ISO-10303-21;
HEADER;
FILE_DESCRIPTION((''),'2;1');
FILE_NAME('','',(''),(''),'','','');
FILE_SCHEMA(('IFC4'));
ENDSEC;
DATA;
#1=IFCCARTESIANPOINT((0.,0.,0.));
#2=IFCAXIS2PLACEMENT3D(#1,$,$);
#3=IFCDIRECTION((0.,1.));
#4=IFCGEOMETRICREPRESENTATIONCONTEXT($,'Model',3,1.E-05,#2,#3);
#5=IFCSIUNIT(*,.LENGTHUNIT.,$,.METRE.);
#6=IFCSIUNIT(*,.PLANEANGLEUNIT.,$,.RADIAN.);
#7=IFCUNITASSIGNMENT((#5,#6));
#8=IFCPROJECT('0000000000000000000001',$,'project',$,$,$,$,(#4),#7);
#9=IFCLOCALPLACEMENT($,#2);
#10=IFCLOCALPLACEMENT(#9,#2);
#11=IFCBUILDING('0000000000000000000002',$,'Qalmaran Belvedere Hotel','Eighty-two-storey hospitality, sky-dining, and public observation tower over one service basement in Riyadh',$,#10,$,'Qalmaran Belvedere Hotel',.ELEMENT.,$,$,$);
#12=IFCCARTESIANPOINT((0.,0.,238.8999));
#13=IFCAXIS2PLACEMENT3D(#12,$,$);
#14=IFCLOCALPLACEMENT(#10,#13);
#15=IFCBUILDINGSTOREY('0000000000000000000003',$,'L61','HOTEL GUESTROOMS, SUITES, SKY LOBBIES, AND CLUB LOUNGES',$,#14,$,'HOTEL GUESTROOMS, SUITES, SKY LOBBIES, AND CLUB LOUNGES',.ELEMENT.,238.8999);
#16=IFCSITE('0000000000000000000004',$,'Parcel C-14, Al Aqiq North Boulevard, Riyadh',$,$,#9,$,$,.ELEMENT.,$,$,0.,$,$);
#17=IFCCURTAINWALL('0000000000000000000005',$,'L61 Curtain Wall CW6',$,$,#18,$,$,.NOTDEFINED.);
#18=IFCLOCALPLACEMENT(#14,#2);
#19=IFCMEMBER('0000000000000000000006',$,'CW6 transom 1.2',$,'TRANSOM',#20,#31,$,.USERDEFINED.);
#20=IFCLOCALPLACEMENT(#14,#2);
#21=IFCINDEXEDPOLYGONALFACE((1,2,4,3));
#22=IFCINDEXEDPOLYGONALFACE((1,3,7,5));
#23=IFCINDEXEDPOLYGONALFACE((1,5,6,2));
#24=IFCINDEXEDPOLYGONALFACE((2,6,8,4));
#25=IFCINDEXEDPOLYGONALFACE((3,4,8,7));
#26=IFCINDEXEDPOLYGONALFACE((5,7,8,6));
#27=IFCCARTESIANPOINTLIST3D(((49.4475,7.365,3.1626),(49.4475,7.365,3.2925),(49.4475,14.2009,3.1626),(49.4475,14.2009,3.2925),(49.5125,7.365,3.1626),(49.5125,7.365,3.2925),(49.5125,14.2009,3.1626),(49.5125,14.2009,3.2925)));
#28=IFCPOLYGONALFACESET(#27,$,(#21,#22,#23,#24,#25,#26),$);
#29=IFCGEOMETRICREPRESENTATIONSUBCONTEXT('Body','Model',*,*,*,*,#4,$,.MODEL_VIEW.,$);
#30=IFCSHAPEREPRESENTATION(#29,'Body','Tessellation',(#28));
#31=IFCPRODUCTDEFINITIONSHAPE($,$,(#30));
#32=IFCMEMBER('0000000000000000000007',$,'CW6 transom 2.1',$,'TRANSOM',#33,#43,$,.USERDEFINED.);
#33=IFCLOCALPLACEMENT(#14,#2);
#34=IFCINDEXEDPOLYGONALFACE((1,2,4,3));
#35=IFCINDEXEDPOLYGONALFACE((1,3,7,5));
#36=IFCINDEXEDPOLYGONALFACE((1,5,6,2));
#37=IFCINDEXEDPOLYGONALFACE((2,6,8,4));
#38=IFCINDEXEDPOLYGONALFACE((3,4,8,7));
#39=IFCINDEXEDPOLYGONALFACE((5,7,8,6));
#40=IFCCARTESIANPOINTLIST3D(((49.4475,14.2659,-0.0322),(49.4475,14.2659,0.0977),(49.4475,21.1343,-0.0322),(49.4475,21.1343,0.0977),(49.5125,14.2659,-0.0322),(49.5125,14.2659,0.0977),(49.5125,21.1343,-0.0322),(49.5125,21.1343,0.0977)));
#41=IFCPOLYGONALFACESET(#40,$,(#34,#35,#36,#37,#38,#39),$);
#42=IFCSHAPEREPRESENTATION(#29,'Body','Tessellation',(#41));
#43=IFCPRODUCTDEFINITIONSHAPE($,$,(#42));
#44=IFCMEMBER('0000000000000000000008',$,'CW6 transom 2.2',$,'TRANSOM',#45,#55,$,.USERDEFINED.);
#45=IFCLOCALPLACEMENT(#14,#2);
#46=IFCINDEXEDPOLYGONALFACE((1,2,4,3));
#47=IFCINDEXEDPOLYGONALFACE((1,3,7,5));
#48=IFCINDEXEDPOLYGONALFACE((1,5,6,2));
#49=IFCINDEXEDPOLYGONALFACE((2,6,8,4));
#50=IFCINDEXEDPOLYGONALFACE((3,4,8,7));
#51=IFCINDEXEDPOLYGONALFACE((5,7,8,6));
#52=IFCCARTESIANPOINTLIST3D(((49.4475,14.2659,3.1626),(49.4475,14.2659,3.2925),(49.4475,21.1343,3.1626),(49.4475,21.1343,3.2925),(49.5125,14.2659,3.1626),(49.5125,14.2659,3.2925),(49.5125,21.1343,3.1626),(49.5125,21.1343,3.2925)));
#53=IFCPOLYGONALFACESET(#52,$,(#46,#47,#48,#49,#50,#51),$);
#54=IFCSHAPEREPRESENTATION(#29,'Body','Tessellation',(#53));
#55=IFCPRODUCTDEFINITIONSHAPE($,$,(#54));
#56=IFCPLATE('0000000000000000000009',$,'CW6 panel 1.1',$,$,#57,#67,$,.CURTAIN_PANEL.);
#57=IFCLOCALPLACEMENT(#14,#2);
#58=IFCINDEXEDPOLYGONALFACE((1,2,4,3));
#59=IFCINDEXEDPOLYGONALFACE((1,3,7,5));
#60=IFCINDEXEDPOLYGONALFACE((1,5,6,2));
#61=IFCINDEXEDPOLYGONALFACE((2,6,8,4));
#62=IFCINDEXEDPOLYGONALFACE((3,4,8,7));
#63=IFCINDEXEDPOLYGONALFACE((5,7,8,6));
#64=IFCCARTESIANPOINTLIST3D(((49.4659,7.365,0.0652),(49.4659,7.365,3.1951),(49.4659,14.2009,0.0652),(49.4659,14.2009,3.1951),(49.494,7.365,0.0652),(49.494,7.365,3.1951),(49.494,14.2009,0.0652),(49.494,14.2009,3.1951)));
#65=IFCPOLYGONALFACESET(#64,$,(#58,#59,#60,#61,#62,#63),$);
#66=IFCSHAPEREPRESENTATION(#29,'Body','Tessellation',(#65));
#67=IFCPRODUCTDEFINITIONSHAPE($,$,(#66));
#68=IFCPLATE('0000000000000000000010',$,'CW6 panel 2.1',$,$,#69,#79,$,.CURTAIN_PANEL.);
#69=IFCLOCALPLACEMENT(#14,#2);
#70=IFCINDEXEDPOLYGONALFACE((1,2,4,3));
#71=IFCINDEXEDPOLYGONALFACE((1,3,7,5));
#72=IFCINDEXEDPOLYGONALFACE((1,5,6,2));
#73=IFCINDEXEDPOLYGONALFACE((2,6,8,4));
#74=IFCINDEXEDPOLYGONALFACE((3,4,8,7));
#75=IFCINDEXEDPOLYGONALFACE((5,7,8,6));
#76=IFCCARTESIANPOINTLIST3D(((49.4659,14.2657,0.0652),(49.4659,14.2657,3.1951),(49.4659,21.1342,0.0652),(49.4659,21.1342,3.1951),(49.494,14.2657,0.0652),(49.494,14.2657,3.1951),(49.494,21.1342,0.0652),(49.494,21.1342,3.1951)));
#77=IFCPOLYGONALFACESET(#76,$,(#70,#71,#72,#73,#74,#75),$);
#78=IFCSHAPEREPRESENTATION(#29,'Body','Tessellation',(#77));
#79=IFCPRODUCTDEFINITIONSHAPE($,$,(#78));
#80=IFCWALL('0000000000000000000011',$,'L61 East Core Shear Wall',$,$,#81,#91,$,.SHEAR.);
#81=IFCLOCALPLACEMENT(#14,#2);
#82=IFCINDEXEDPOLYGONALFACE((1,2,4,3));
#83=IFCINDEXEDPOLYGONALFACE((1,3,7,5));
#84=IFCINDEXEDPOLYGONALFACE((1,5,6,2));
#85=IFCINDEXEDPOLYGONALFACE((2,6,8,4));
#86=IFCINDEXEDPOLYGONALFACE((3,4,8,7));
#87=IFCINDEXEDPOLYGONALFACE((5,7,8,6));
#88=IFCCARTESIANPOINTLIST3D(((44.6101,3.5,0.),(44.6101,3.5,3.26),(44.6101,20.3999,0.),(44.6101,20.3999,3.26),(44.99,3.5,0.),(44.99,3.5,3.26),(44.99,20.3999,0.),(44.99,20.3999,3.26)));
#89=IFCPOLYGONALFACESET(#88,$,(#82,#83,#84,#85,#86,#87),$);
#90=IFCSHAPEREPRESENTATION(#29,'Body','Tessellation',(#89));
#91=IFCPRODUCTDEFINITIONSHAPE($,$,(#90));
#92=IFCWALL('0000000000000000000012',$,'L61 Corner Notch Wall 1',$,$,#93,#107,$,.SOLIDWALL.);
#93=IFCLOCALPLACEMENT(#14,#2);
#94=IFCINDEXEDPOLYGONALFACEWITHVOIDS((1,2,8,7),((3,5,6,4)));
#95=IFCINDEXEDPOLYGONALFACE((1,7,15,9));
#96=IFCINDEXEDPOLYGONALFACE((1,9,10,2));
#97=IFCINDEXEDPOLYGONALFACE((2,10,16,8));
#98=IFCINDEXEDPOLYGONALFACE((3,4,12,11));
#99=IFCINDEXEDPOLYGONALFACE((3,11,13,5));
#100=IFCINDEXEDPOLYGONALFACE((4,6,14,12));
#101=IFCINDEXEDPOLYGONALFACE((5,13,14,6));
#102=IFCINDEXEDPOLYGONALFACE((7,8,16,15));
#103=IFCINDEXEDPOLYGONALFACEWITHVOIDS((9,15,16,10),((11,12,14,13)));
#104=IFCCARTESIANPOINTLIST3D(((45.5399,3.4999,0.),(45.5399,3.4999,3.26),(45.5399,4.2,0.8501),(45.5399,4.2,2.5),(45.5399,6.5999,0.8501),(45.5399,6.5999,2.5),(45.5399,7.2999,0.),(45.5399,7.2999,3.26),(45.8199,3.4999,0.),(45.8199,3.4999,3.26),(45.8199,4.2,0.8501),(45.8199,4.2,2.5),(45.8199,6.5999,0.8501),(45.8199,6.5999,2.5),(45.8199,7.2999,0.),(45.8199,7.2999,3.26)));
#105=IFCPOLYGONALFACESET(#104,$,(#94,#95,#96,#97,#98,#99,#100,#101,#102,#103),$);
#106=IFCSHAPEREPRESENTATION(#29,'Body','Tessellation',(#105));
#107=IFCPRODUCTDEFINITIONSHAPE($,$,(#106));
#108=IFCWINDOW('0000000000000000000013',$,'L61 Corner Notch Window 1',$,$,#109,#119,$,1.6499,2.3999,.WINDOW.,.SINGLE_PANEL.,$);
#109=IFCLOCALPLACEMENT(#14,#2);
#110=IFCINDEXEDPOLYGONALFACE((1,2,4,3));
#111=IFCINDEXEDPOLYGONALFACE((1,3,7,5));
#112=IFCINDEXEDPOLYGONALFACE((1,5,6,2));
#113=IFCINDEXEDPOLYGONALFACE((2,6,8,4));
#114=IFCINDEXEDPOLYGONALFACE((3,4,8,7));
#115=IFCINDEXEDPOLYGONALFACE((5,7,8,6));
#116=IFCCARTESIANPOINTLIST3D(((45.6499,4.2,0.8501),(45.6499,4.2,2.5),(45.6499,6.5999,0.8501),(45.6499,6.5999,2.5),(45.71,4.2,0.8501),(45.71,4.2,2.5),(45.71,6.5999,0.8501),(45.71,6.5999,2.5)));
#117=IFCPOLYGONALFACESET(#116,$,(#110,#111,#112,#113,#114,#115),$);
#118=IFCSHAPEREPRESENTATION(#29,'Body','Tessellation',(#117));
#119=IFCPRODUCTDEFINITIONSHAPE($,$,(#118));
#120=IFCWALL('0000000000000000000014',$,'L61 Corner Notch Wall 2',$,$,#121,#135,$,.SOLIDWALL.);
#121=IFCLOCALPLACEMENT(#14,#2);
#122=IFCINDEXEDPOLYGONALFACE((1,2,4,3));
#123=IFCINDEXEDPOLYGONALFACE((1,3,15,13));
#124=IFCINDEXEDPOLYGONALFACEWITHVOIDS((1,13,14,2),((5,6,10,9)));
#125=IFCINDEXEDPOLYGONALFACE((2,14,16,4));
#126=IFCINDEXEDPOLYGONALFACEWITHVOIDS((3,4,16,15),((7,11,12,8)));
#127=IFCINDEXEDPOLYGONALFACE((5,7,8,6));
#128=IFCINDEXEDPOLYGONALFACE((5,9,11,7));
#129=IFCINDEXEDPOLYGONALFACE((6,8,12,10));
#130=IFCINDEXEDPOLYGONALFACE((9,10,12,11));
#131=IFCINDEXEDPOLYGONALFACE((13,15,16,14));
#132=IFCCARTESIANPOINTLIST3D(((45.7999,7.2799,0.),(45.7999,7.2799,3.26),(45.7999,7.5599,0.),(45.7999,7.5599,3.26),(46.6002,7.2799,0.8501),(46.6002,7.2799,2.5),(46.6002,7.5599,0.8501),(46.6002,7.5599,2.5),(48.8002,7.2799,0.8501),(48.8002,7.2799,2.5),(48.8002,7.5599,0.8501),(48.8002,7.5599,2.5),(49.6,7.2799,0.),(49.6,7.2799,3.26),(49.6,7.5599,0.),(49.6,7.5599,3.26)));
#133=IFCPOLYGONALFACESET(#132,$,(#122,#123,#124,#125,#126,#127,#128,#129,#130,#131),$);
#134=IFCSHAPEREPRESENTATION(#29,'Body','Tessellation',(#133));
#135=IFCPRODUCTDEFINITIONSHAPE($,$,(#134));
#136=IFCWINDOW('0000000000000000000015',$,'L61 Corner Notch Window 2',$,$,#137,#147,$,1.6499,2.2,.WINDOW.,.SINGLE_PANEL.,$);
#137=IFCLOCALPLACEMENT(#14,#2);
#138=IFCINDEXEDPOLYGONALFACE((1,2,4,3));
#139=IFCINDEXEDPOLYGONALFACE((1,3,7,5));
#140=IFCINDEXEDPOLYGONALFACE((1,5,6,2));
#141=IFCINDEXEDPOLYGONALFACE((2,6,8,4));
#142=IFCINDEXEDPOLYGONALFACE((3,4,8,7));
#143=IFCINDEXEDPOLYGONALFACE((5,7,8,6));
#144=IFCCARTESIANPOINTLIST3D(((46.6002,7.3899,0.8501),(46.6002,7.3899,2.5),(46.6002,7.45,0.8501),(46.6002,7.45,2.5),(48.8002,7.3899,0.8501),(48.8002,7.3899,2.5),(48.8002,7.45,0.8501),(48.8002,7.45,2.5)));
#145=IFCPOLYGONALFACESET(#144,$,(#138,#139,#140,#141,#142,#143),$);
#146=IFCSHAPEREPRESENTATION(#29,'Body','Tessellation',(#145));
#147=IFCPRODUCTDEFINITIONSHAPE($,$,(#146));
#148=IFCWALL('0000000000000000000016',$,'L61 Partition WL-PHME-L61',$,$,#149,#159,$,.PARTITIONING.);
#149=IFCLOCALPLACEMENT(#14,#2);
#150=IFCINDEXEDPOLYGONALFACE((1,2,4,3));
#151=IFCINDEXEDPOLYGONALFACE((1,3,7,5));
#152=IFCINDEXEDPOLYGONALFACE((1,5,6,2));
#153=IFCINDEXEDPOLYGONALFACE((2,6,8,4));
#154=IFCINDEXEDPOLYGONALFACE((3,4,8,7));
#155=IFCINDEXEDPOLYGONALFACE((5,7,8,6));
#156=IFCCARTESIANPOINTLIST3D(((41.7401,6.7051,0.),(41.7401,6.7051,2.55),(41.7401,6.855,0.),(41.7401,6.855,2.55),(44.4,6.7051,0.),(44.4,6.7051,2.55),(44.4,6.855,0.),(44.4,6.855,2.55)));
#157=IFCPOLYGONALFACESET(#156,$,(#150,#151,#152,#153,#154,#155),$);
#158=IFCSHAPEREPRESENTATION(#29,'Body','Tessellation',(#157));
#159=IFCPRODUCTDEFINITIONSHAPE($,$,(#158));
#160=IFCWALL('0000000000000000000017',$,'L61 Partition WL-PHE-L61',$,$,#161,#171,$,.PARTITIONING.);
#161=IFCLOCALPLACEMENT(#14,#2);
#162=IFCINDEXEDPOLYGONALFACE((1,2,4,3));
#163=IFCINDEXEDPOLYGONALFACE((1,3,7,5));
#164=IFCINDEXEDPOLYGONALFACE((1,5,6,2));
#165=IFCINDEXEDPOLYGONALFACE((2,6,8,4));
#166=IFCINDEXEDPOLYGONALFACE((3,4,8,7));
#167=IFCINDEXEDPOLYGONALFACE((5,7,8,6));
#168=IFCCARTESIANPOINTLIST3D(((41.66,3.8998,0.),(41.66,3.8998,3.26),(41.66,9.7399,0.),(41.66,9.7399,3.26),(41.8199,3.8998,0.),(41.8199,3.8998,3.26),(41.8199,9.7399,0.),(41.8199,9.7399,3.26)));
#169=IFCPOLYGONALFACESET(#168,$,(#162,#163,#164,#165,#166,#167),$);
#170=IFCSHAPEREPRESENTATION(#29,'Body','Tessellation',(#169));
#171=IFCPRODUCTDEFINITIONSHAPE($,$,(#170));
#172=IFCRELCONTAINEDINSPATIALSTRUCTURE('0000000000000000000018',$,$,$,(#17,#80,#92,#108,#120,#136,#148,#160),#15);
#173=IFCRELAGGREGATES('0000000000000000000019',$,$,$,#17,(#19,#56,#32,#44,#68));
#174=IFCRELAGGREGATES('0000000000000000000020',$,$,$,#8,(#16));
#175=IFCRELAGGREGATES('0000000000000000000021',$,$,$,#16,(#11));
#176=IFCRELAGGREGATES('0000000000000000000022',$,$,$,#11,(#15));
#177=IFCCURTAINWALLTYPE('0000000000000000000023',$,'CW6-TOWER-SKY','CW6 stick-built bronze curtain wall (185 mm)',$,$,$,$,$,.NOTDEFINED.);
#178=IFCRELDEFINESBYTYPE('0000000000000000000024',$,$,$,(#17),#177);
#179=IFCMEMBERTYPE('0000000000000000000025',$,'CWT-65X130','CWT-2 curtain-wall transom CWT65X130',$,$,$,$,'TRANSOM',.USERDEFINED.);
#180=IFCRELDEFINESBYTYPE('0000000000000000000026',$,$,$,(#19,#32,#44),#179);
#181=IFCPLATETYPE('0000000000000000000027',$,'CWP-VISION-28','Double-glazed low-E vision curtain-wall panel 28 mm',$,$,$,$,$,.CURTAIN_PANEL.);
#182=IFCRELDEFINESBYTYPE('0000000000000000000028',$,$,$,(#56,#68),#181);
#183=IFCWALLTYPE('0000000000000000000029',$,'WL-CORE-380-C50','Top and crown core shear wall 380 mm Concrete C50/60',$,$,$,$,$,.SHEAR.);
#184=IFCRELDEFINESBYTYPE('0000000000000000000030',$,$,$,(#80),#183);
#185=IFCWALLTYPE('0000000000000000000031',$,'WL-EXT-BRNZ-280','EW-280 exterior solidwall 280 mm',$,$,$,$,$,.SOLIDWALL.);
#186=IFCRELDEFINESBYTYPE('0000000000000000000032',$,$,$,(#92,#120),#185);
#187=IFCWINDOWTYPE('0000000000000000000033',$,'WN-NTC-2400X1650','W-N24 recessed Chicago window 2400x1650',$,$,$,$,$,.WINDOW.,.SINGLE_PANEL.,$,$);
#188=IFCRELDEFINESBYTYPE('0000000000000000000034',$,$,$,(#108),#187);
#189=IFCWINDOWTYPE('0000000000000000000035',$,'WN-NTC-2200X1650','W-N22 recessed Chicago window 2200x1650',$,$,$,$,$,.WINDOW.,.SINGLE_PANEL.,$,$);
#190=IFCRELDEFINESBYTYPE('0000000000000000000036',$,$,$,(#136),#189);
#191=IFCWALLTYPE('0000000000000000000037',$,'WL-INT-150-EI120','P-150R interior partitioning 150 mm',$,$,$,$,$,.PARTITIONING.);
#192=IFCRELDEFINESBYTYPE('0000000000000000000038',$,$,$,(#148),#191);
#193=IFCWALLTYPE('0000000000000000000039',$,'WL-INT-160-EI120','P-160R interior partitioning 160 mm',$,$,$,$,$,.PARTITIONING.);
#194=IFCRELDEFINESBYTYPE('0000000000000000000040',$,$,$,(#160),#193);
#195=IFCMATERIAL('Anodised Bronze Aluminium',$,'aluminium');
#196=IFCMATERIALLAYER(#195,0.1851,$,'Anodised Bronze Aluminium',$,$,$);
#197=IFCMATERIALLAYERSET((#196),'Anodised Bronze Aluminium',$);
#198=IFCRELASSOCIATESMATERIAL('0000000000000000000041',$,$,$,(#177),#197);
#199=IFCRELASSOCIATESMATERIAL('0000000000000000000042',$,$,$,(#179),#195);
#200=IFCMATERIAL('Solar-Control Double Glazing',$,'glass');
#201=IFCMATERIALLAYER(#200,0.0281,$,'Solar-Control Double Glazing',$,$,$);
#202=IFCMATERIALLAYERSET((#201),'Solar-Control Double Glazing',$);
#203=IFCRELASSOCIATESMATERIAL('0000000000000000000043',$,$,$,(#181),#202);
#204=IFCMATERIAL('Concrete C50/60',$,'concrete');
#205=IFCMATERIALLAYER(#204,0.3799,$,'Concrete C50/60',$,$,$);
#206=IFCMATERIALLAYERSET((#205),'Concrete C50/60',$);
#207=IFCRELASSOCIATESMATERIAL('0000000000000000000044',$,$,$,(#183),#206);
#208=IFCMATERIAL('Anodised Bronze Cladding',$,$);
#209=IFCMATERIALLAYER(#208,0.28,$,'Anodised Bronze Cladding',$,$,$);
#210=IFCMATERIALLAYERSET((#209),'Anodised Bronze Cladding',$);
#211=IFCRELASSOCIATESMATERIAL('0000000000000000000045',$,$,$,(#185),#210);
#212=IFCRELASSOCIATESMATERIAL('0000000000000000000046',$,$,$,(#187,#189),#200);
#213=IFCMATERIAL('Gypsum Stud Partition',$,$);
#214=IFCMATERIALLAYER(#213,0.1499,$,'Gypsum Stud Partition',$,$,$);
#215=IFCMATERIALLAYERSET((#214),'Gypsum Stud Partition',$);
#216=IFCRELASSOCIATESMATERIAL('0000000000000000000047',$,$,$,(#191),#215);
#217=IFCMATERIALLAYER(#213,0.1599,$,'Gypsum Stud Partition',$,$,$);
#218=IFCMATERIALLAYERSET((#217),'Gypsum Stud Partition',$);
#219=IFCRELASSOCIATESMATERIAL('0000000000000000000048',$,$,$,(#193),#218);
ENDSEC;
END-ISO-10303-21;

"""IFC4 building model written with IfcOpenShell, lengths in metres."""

from ifc_helpers import new_model, si_unit, direction, frame, frame_2d, origin, origin_2d, place, context, subcontext, project, spatial, rectangle, extrude, material, layer, layer_set, material_profile, profile_set, type_object, element, fill, aggregate, save


model = new_model("IFC4")

# Units and contexts
model_context = context("Model", 3, precision=1e-05, world=origin(), true_north=direction((0.0, 1.0)))
body_context = subcontext(model_context, "Body", "Model", "MODEL_VIEW")
ifc_project = project(units=[si_unit("LENGTHUNIT", "METRE"), si_unit("PLANEANGLEUNIT", "RADIAN")], contexts=[model_context])

# Site, building, storey
site_placement = place(None, origin())
site = spatial("IfcSite", under=ifc_project, at=site_placement, Name="Parcel C-14, Al Aqiq North Boulevard, Riyadh", CompositionType="ELEMENT", RefElevation=0.0)
building_placement = place(site_placement, origin())
building = spatial("IfcBuilding", under=site, at=building_placement, Name="Qalmaran Belvedere Hotel", Description="Eighty-two-storey hospitality, sky-dining, and public observation tower over one service basement in Riyadh", LongName="Qalmaran Belvedere Hotel", CompositionType="ELEMENT")
storey_placement = place(building_placement, frame((0.0, 0.0, 238.8999)))
storey = spatial("IfcBuildingStorey", under=building, at=storey_placement, Name="L61", Description="HOTEL GUESTROOMS, SUITES, SKY LOBBIES, AND CLUB LOUNGES", LongName="HOTEL GUESTROOMS, SUITES, SKY LOBBIES, AND CLUB LOUNGES", CompositionType="ELEMENT", Elevation=238.8999)

# Shared definitions
ifc_material_1 = material(Name="Concrete C50/60", Category="concrete")

# Curtain wall, members, plates
ifc_material_2 = material(Name="Anodised Bronze Aluminium", Category="aluminium")
ifc_layer_1 = layer(ifc_material_2, 0.1851, Name="Anodised Bronze Aluminium")
ifc_layer_set_1 = layer_set([ifc_layer_1], Name="Anodised Bronze Aluminium")
curtain_wall_type = type_object("IfcCurtainWallType", Name="CW6-TOWER-SKY", Description="CW6 stick-built bronze curtain wall (185 mm)", PredefinedType="NOTDEFINED", material=ifc_layer_set_1)
curtain_wall_placement = place(storey_placement, origin())
curtain_wall = element("IfcCurtainWall", 1, at=curtain_wall_placement, inside=storey, type_object=curtain_wall_type, Name="L61 Curtain Wall CW6", PredefinedType="NOTDEFINED")
ifc_material_profile_1 = material_profile(ifc_material_2, rectangle(XDim=0.0649, YDim=0.1299, at=origin_2d()), Name="CWT65X130")
ifc_profile_set_1 = profile_set([ifc_material_profile_1], Name="Anodised Bronze Aluminium")
member_type_1 = type_object("IfcMemberType", Name="CWT-65X130", Description="CWT-2 curtain-wall transom CWT65X130", ElementType="TRANSOM", PredefinedType="USERDEFINED", material=ifc_profile_set_1)
member_1_placement = place(storey_placement, frame((49.48, 7.365, 3.2275), z_axis=(0.0, 1.0, 0.0), x_axis=(-1.0, 0.0, 0.0)))
member_1 = element("IfcMember", 2, at=member_1_placement, type_object=member_type_1, Name="CW6 transom 1.2", ObjectType="TRANSOM", PredefinedType="USERDEFINED", context=body_context, shape_type="SweptSolid", body=[
    extrude(rectangle(XDim=0.0649, YDim=0.1299, at=origin_2d()), origin(), (0.0, 0.0, 1.0), 6.8359),
])
member_2_placement = place(storey_placement, frame((49.48, 14.2659, 0.0327), z_axis=(0.0, 1.0, 0.0), x_axis=(-1.0, 0.0, 0.0)))
member_2 = element("IfcMember", 3, at=member_2_placement, type_object=member_type_1, Name="CW6 transom 2.1", ObjectType="TRANSOM", PredefinedType="USERDEFINED", context=body_context, shape_type="SweptSolid", body=[
    extrude(rectangle(XDim=0.0649, YDim=0.1299, at=origin_2d()), origin(), (0.0, 0.0, 1.0), 6.8684),
])
member_3_placement = place(storey_placement, frame((49.48, 14.2659, 3.2275), z_axis=(0.0, 1.0, 0.0), x_axis=(-1.0, 0.0, 0.0)))
member_3 = element("IfcMember", 4, at=member_3_placement, type_object=member_type_1, Name="CW6 transom 2.2", ObjectType="TRANSOM", PredefinedType="USERDEFINED", context=body_context, shape_type="SweptSolid", body=[
    extrude(rectangle(XDim=0.0649, YDim=0.1299, at=origin_2d()), origin(), (0.0, 0.0, 1.0), 6.8684),
])
ifc_material_3 = material(Name="Solar-Control Double Glazing", Category="glass")
ifc_layer_2 = layer(ifc_material_3, 0.0281, Name="Solar-Control Double Glazing")
ifc_layer_set_2 = layer_set([ifc_layer_2], Name="Solar-Control Double Glazing")
plate_type = type_object("IfcPlateType", Name="CWP-VISION-28", Description="Double-glazed low-E vision curtain-wall panel 28 mm", PredefinedType="CURTAIN_PANEL", material=ifc_layer_set_2)
plate_1_placement = place(storey_placement, frame((49.48, 10.783, 0.0652), z_axis=(0.0, 0.0, 1.0), x_axis=(0.0, 1.0, 0.0)))
plate_1 = element("IfcPlate", 5, at=plate_1_placement, type_object=plate_type, Name="CW6 panel 1.1", PredefinedType="CURTAIN_PANEL", context=body_context, shape_type="SweptSolid", body=[
    extrude(rectangle(XDim=6.8359, YDim=0.0281, at=origin_2d()), origin(), (0.0, 0.0, 1.0), 3.1299),
])
plate_2_placement = place(storey_placement, frame((49.48, 17.7, 0.0652), z_axis=(0.0, 0.0, 1.0), x_axis=(0.0, 1.0, 0.0)))
plate_2 = element("IfcPlate", 6, at=plate_2_placement, type_object=plate_type, Name="CW6 panel 2.1", PredefinedType="CURTAIN_PANEL", context=body_context, shape_type="SweptSolid", body=[
    extrude(rectangle(XDim=6.8684, YDim=0.0281, at=origin_2d()), origin(), (0.0, 0.0, 1.0), 3.1299),
])
aggregate(curtain_wall, [member_1, plate_1, member_2, member_3, plate_2])

# Wall
ifc_layer_3 = layer(ifc_material_1, 0.3799, Name="Concrete C50/60")
ifc_layer_set_3 = layer_set([ifc_layer_3], Name="Concrete C50/60")
wall_type_1 = type_object("IfcWallType", Name="WL-CORE-380-C50", Description="Top and crown core shear wall 380 mm Concrete C50/60", PredefinedType="SHEAR", material=ifc_layer_set_3)
wall_1_placement = place(storey_placement, frame((44.8, 3.5, 0.0), z_axis=(0.0, 0.0, 1.0), x_axis=(0.0, 1.0, 0.0)))
element("IfcWall", 7, at=wall_1_placement, inside=storey, type_object=wall_type_1, Name="L61 East Core Shear Wall", PredefinedType="SHEAR", context=body_context, shape_type="SweptSolid", body=[
    extrude(rectangle(XDim=16.8999, YDim=0.3799, at=frame_2d((8.45, 0.0))), origin(), (0.0, 0.0, 1.0), 3.26),
])

# Walls, openings, windows
ifc_material_4 = material(Name="Anodised Bronze Cladding")
ifc_layer_4 = layer(ifc_material_4, 0.28, Name="Anodised Bronze Cladding")
ifc_layer_set_4 = layer_set([ifc_layer_4], Name="Anodised Bronze Cladding")
wall_type_2 = type_object("IfcWallType", Name="WL-EXT-BRNZ-280", Description="EW-280 exterior solidwall 280 mm", PredefinedType="SOLIDWALL", material=ifc_layer_set_4)
wall_2_placement = place(storey_placement, frame((45.6799, 3.5, 0.0), z_axis=(0.0, 0.0, 1.0), x_axis=(0.0, 1.0, 0.0)))
wall_2 = element("IfcWall", 8, at=wall_2_placement, inside=storey, type_object=wall_type_2, Name="L61 Corner Notch Wall 1", PredefinedType="SOLIDWALL", context=body_context, shape_type="SweptSolid", body=[
    extrude(rectangle(XDim=3.8, YDim=0.28, at=frame_2d((1.8999, 0.0))), origin(), (0.0, 0.0, 1.0), 3.26),
])
opening_1_placement = place(wall_2_placement, frame((0.7, 0.0, 0.8501)))
opening_1 = element("IfcOpeningElement", 9, at=opening_1_placement, cuts=wall_2, PredefinedType="OPENING", context=body_context, shape_type="SweptSolid", body=[
    extrude(rectangle(XDim=2.3999, YDim=1.6499, at=frame_2d((1.2, 0.825))), frame((0.0, 0.1499, 0.0), z_axis=(0.0, -1.0, 0.0), x_axis=(1.0, 0.0, 0.0)), (0.0, 0.0, 1.0), 0.3),
])
window_type_1 = type_object("IfcWindowType", Name="WN-NTC-2400X1650", Description="W-N24 recessed Chicago window 2400x1650", PartitioningType="SINGLE_PANEL", PredefinedType="WINDOW", material=ifc_material_3)
window_1_placement = place(opening_1_placement, origin())
window_1 = element("IfcWindow", 10, at=window_1_placement, inside=storey, type_object=window_type_1, Name="L61 Corner Notch Window 1", OverallHeight=1.6499, OverallWidth=2.3999, PartitioningType="SINGLE_PANEL", PredefinedType="WINDOW", context=body_context, shape_type="SweptSolid", body=[
    extrude(rectangle(XDim=2.3999, YDim=1.6499, at=frame_2d((1.2, 0.825))), frame((0.0, 0.03, 0.0), z_axis=(0.0, -1.0, 0.0), x_axis=(1.0, 0.0, 0.0)), (0.0, 0.0, 1.0), 0.0601),
])
fill(opening_1, window_1)
wall_3_placement = place(storey_placement, frame((45.8, 7.4199, 0.0), z_axis=(0.0, 0.0, 1.0), x_axis=(1.0, 0.0, 0.0)))
wall_3 = element("IfcWall", 11, at=wall_3_placement, inside=storey, type_object=wall_type_2, Name="L61 Corner Notch Wall 2", PredefinedType="SOLIDWALL", context=body_context, shape_type="SweptSolid", body=[
    extrude(rectangle(XDim=3.8, YDim=0.28, at=frame_2d((1.8999, 0.0))), origin(), (0.0, 0.0, 1.0), 3.26),
])
opening_2_placement = place(wall_3_placement, frame((0.8, 0.0, 0.8501)))
opening_2 = element("IfcOpeningElement", 12, at=opening_2_placement, cuts=wall_3, PredefinedType="OPENING", context=body_context, shape_type="SweptSolid", body=[
    extrude(rectangle(XDim=2.2, YDim=1.6499, at=frame_2d((1.1001, 0.825))), frame((0.0, 0.1499, 0.0), z_axis=(0.0, -1.0, 0.0), x_axis=(1.0, 0.0, 0.0)), (0.0, 0.0, 1.0), 0.3),
])
window_type_2 = type_object("IfcWindowType", Name="WN-NTC-2200X1650", Description="W-N22 recessed Chicago window 2200x1650", PartitioningType="SINGLE_PANEL", PredefinedType="WINDOW", material=ifc_material_3)
window_2_placement = place(opening_2_placement, origin())
window_2 = element("IfcWindow", 13, at=window_2_placement, inside=storey, type_object=window_type_2, Name="L61 Corner Notch Window 2", OverallHeight=1.6499, OverallWidth=2.2, PartitioningType="SINGLE_PANEL", PredefinedType="WINDOW", context=body_context, shape_type="SweptSolid", body=[
    extrude(rectangle(XDim=2.2, YDim=1.6499, at=frame_2d((1.1001, 0.825))), frame((0.0, 0.03, 0.0), z_axis=(0.0, -1.0, 0.0), x_axis=(1.0, 0.0, 0.0)), (0.0, 0.0, 1.0), 0.0601),
])
fill(opening_2, window_2)

# Walls
ifc_material_5 = material(Name="Gypsum Stud Partition")
ifc_layer_5 = layer(ifc_material_5, 0.1499, Name="Gypsum Stud Partition")
ifc_layer_set_5 = layer_set([ifc_layer_5], Name="Gypsum Stud Partition")
wall_type_3 = type_object("IfcWallType", Name="WL-INT-150-EI120", Description="P-150R interior partitioning 150 mm", PredefinedType="PARTITIONING", material=ifc_layer_set_5)
wall_4_placement = place(storey_placement, frame((41.74, 6.78, 0.0), z_axis=(0.0, 0.0, 1.0), x_axis=(1.0, 0.0, 0.0)))
element("IfcWall", 14, at=wall_4_placement, inside=storey, type_object=wall_type_3, Name="L61 Partition WL-PHME-L61", PredefinedType="PARTITIONING", context=body_context, shape_type="SweptSolid", body=[
    extrude(rectangle(XDim=2.6599, YDim=0.1499, at=frame_2d((1.3301, 0.0))), origin(), (0.0, 0.0, 1.0), 2.55),
])
ifc_layer_6 = layer(ifc_material_5, 0.1599, Name="Gypsum Stud Partition")
ifc_layer_set_6 = layer_set([ifc_layer_6], Name="Gypsum Stud Partition")
wall_type_4 = type_object("IfcWallType", Name="WL-INT-160-EI120", Description="P-160R interior partitioning 160 mm", PredefinedType="PARTITIONING", material=ifc_layer_set_6)
wall_5_placement = place(storey_placement, frame((41.74, 3.8999, 0.0), z_axis=(0.0, 0.0, 1.0), x_axis=(0.0, 1.0, 0.0)))
element("IfcWall", 15, at=wall_5_placement, inside=storey, type_object=wall_type_4, Name="L61 Partition WL-PHE-L61", PredefinedType="PARTITIONING", context=body_context, shape_type="SweptSolid", body=[
    extrude(rectangle(XDim=5.8401, YDim=0.1599, at=frame_2d((2.9199, 0.0))), origin(), (0.0, 0.0, 1.0), 3.26),
])

save(model, "model.ifc")
